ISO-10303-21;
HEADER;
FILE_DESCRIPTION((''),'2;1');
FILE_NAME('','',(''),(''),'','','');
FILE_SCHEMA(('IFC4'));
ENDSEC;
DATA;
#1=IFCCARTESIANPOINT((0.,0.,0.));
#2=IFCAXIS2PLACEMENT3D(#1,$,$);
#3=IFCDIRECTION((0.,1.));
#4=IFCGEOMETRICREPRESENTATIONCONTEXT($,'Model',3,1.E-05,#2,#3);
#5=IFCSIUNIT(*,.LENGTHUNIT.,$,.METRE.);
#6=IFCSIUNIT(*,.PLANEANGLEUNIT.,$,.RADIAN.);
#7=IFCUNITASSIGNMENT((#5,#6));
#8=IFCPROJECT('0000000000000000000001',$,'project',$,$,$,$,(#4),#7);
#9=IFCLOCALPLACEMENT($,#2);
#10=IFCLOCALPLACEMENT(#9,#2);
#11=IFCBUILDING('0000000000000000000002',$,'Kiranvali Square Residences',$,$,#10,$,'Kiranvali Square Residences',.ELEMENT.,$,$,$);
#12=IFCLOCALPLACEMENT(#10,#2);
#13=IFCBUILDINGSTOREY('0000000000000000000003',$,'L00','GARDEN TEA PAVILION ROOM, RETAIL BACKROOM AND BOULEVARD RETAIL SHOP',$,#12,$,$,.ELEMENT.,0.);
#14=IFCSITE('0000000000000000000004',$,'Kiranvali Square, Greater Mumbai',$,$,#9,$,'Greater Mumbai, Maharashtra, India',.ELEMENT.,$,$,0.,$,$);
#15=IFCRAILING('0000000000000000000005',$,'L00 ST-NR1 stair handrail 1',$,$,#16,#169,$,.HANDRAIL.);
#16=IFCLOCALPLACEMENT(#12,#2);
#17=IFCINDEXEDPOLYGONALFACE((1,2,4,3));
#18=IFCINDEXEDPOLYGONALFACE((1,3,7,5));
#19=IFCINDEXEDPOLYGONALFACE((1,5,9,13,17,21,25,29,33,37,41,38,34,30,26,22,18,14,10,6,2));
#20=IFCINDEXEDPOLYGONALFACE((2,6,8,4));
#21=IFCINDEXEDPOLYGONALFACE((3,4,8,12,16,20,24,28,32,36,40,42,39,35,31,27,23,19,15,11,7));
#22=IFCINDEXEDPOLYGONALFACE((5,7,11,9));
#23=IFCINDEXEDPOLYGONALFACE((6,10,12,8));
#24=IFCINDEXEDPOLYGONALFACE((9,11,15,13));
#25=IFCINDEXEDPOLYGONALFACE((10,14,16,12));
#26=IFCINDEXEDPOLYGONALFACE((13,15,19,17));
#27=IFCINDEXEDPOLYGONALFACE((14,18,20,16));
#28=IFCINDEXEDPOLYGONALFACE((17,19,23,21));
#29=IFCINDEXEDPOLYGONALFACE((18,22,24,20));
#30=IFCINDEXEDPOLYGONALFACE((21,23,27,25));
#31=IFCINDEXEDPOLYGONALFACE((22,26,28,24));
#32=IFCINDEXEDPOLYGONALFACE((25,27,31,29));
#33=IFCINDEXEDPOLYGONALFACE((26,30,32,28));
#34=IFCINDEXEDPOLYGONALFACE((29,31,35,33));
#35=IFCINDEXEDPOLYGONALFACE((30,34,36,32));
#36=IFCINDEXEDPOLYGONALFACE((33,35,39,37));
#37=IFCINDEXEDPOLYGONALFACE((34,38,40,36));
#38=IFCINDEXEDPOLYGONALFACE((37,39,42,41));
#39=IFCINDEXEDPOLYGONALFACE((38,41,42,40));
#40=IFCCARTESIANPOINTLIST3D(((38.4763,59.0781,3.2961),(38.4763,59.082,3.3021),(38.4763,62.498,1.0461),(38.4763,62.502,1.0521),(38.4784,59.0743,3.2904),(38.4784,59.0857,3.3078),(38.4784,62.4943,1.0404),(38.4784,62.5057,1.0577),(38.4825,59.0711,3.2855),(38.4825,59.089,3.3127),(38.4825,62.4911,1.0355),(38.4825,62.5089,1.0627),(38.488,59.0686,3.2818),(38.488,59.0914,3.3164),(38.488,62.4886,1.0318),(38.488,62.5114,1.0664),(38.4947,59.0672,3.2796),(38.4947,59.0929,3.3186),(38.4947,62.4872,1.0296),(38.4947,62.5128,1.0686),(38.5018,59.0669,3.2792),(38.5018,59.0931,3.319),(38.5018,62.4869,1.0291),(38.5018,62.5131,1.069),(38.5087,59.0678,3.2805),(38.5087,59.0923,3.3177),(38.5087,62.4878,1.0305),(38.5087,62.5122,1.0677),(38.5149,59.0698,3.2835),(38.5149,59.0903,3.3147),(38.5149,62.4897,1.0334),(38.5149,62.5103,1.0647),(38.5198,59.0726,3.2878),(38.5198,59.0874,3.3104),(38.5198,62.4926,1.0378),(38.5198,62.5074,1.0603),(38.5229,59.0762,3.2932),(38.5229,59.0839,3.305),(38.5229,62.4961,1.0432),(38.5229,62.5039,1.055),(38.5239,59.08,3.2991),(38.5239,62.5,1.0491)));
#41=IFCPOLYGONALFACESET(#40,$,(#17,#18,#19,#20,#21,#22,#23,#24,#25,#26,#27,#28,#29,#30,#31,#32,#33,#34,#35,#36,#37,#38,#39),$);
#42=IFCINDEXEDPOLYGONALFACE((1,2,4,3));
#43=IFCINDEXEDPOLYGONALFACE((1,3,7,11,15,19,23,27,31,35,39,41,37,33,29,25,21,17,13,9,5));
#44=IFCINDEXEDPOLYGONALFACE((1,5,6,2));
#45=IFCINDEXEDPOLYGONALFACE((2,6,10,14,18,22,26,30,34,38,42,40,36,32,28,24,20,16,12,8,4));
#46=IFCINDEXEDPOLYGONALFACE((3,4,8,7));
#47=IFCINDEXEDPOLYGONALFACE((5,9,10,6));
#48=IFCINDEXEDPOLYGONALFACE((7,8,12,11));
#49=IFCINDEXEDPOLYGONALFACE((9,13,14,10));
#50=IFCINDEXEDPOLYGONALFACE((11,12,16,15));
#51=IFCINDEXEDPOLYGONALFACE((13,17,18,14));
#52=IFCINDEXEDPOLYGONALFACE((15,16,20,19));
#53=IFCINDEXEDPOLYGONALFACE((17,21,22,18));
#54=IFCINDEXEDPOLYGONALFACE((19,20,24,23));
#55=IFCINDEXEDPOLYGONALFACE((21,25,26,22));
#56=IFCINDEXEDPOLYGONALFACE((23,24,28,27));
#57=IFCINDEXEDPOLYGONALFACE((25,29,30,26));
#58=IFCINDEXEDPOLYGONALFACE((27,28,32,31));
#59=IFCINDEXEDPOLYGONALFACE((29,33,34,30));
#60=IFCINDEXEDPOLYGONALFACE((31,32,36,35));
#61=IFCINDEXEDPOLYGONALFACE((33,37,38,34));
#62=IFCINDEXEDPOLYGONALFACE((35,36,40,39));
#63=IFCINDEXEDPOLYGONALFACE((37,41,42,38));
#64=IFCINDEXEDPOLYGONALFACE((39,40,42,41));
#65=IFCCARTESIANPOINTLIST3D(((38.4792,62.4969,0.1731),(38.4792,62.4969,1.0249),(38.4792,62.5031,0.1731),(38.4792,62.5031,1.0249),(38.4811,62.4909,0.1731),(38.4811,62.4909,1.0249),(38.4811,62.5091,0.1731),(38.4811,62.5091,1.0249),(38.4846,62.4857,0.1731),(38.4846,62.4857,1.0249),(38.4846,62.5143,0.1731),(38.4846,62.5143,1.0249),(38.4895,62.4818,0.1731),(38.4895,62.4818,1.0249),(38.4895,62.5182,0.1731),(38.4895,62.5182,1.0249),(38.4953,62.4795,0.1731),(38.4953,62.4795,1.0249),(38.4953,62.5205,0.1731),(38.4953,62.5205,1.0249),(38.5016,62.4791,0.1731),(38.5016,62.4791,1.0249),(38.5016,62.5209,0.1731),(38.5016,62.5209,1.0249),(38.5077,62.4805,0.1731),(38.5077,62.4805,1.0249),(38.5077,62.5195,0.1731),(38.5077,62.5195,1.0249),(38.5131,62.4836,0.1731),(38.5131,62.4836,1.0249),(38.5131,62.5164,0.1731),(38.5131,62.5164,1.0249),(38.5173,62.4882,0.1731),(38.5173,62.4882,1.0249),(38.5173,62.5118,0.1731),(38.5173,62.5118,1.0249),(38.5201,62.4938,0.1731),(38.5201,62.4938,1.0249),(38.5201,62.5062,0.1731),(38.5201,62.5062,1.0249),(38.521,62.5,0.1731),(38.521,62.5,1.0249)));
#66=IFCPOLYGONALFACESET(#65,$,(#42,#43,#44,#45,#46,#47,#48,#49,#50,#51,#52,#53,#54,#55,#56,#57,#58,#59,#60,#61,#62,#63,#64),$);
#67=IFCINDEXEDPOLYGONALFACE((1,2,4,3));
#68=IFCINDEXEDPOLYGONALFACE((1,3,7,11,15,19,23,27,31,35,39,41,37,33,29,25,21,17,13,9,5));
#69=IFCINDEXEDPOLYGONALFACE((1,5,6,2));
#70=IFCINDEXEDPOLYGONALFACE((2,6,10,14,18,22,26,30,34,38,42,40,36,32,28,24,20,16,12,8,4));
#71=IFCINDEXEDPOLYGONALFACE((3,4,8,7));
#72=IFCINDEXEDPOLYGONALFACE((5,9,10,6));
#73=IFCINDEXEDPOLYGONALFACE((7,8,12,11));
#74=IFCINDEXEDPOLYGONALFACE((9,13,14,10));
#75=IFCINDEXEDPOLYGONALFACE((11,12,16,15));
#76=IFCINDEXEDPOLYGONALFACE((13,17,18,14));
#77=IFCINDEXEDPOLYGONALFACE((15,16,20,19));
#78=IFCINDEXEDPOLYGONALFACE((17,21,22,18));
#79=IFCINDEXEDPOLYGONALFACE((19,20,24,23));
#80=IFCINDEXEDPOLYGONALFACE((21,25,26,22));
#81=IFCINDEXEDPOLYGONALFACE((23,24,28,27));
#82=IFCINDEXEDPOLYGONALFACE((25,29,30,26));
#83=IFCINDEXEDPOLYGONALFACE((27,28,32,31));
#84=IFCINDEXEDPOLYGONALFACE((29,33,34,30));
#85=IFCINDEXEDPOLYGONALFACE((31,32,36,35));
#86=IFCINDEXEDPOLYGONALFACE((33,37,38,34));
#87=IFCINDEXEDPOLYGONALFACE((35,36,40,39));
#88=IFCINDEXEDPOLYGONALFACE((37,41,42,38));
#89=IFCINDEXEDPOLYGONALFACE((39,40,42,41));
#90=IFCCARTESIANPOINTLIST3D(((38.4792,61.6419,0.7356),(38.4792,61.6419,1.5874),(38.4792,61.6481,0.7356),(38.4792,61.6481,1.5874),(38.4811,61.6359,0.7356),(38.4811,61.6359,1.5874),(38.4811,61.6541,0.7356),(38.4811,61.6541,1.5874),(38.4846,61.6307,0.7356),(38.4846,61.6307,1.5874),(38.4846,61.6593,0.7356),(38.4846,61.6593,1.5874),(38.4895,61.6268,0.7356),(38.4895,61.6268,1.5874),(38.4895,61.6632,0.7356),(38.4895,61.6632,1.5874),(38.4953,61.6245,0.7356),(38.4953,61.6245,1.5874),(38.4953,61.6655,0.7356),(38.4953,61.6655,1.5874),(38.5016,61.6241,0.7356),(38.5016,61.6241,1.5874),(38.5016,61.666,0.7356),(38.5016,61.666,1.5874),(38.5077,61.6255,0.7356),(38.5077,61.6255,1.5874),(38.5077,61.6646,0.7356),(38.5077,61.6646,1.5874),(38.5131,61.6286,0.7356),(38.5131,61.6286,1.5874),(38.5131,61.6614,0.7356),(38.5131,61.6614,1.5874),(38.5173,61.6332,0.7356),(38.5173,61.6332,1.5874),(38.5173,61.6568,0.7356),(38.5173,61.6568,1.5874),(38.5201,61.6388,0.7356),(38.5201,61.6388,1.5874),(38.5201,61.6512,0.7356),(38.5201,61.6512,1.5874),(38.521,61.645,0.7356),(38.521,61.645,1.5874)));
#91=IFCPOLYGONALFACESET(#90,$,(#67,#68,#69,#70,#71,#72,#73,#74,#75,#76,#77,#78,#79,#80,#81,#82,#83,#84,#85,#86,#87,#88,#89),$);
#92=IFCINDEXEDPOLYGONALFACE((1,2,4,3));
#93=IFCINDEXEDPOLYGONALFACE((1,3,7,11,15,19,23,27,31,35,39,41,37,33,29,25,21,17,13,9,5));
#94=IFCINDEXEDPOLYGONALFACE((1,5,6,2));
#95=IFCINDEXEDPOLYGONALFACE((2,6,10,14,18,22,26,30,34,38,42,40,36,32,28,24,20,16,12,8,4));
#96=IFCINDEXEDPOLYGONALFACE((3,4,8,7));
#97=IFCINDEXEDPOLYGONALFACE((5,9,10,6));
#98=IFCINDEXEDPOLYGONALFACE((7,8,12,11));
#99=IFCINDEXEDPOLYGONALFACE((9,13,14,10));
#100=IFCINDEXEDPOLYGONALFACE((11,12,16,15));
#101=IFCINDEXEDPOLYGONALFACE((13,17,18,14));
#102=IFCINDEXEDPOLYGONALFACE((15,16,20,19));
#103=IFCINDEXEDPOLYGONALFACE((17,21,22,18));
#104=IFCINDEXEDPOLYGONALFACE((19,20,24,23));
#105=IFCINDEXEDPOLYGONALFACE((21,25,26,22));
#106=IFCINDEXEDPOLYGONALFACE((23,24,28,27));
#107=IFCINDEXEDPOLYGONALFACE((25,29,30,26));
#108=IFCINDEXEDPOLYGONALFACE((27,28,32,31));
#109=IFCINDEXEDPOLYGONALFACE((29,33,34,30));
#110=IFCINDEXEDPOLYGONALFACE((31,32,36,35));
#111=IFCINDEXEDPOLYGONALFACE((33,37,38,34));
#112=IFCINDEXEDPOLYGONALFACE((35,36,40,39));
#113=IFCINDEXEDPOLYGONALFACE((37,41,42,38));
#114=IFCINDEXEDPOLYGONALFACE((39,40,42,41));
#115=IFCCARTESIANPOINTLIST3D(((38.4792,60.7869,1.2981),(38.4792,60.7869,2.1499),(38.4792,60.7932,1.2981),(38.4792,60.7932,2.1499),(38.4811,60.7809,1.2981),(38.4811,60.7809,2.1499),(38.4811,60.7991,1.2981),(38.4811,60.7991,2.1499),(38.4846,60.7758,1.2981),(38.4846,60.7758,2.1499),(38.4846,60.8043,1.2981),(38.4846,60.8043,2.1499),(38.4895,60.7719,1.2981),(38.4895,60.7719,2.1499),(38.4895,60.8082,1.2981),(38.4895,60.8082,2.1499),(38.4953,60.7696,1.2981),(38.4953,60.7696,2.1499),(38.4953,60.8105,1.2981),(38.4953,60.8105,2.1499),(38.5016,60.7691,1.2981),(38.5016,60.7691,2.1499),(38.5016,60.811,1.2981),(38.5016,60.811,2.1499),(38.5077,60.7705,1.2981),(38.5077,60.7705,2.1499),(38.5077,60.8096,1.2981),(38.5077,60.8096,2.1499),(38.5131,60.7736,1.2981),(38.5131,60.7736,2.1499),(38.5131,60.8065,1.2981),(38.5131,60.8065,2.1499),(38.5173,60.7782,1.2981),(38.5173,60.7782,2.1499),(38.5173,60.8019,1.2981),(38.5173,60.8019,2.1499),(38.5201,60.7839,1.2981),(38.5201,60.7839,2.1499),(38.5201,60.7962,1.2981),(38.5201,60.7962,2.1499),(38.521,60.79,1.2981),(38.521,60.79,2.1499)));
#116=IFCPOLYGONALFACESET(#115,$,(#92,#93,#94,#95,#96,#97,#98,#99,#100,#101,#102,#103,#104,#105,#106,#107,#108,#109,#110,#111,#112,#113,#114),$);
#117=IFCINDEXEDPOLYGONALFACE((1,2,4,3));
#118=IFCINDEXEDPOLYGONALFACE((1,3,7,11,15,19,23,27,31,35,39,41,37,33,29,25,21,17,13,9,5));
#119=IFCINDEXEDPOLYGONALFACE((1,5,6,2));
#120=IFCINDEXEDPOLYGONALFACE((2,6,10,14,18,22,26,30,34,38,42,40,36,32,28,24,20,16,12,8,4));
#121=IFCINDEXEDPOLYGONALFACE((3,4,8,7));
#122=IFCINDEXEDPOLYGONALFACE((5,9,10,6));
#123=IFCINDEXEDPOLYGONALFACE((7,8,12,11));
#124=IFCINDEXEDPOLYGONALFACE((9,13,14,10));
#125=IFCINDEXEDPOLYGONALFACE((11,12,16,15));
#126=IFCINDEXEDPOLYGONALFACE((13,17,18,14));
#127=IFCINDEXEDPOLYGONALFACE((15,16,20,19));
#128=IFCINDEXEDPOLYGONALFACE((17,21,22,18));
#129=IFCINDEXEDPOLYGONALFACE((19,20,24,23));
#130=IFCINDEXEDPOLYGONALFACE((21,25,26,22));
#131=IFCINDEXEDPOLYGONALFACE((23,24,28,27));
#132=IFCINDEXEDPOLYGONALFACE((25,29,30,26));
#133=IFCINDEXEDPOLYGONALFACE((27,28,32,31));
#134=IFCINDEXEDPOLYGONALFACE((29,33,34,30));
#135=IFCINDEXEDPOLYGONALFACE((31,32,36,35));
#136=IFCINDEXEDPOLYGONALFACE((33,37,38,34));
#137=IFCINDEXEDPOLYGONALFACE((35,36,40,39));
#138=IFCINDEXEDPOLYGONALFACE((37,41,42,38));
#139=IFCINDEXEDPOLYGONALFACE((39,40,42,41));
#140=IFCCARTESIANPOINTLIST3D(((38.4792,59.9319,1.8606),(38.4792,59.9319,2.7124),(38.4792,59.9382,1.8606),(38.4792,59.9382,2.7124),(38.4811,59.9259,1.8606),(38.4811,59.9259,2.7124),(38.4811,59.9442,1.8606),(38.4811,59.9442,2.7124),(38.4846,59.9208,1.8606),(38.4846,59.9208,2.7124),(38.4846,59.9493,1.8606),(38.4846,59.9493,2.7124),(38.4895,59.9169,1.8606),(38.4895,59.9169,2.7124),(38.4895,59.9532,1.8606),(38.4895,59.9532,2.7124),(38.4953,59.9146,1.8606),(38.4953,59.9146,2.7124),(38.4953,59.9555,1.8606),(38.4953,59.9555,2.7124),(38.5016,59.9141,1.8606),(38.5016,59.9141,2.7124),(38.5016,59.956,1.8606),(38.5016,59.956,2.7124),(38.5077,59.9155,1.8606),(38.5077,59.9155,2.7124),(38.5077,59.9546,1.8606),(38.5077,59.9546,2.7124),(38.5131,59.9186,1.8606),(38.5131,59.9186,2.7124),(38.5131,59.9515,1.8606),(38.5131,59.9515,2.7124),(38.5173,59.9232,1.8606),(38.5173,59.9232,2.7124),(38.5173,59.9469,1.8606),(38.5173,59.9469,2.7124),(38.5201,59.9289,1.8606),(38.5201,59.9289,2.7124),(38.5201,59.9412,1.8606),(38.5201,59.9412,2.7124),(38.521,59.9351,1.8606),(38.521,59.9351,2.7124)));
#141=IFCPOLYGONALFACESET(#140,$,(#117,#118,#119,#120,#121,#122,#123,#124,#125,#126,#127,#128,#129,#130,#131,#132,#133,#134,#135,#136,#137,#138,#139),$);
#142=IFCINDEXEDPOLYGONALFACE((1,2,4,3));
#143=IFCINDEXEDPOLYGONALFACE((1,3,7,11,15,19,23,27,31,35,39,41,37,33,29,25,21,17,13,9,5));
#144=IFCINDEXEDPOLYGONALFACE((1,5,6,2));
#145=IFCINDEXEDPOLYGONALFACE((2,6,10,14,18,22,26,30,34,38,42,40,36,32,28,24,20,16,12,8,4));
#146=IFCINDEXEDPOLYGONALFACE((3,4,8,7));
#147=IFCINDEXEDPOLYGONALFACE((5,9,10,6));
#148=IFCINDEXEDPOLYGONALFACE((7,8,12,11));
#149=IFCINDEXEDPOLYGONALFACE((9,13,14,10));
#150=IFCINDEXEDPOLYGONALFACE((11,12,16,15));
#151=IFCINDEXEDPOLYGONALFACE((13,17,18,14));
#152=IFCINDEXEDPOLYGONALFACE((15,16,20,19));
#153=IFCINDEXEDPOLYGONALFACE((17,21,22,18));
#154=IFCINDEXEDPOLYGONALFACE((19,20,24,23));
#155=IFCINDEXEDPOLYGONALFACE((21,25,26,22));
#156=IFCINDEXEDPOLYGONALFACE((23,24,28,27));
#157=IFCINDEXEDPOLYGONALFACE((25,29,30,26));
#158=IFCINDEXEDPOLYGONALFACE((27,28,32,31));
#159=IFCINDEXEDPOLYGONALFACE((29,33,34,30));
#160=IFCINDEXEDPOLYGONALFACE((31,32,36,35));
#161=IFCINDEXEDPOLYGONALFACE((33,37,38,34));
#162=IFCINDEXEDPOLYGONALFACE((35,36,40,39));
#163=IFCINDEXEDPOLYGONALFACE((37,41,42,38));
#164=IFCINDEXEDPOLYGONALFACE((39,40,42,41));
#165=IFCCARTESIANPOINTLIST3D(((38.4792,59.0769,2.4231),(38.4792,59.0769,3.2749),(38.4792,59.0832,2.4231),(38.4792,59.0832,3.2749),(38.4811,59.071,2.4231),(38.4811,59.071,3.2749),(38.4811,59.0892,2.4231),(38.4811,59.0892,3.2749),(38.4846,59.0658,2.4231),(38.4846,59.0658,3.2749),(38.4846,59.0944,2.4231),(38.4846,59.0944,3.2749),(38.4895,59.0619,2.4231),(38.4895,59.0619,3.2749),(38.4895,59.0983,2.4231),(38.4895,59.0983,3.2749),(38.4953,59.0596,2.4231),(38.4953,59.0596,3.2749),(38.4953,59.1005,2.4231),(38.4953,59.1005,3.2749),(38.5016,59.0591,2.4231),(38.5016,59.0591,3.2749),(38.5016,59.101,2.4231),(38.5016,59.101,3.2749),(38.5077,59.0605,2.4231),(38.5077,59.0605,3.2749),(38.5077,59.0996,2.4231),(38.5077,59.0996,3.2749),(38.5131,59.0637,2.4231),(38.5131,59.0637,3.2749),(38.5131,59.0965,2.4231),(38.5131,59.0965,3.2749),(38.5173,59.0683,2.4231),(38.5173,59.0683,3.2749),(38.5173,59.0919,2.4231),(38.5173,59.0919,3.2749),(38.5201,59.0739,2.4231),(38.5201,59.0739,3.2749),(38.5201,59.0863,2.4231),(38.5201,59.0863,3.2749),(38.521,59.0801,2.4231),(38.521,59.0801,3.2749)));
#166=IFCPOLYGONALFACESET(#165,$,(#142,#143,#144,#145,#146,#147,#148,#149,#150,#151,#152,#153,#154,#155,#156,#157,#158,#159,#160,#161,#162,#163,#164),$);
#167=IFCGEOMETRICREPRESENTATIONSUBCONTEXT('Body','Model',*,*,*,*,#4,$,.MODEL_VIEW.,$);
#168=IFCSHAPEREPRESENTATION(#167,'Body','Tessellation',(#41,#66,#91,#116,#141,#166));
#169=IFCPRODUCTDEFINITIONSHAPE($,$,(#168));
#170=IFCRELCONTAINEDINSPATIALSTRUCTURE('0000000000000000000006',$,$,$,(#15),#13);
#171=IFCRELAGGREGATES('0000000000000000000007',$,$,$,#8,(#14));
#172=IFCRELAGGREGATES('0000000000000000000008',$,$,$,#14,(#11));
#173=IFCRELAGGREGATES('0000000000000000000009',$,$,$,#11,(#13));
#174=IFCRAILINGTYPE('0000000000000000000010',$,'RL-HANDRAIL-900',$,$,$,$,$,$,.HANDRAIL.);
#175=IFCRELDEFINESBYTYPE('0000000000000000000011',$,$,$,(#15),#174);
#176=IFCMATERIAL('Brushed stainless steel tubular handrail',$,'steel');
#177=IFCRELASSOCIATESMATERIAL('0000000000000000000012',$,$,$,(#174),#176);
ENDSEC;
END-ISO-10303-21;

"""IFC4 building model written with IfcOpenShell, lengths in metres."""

from ifc_helpers import new_model, si_unit, direction, frame, origin, origin_2d, place, context, subcontext, project, spatial, circle, extrude, material, type_object, element, save


model = new_model("IFC4")

# Units and contexts
model_context = context("Model", 3, precision=1e-05, world=origin(), true_north=direction((0.0, 1.0)))
body_context = subcontext(model_context, "Body", "Model", "MODEL_VIEW")
ifc_project = project(units=[si_unit("LENGTHUNIT", "METRE"), si_unit("PLANEANGLEUNIT", "RADIAN")], contexts=[model_context])

# Site, building, storey
site_placement = place(None, origin())
site = spatial("IfcSite", under=ifc_project, at=site_placement, Name="Kiranvali Square, Greater Mumbai", LongName="Greater Mumbai, Maharashtra, India", CompositionType="ELEMENT", RefElevation=0.0)
building_placement = place(site_placement, origin())
building = spatial("IfcBuilding", under=site, at=building_placement, Name="Kiranvali Square Residences", LongName="Kiranvali Square Residences", CompositionType="ELEMENT")
storey_placement = place(building_placement, origin())
storey = spatial("IfcBuildingStorey", under=building, at=storey_placement, Name="L00", Description="GARDEN TEA PAVILION ROOM, RETAIL BACKROOM AND BOULEVARD RETAIL SHOP", CompositionType="ELEMENT", Elevation=0.0)

# Railing
ifc_material_1 = material(Name="Brushed stainless steel tubular handrail", Category="steel")
railing_type_1 = type_object("IfcRailingType", Name="RL-HANDRAIL-900", PredefinedType="HANDRAIL", material=ifc_material_1)
railing_1_placement = place(storey_placement, frame((38.5, 62.5, 0.1731)))
element("IfcRailing", 1, at=railing_1_placement, inside=storey, type_object=railing_type_1, Name="L00 ST-NR1 stair handrail 1", PredefinedType="HANDRAIL", context=body_context, shape_type="SweptSolid", body=[
    extrude(circle(Radius=0.0239, at=origin_2d()), frame((0.0, 0.0, 0.876), z_axis=(0.0, -0.835411, 0.549625), x_axis=(1.0, 0.0, 0.0)), (0.0, 0.0, 1.0), 4.0938),
    extrude(circle(Radius=0.021, at=origin_2d()), origin(), (0.0, 0.0, 1.0), 0.8518),
    extrude(circle(Radius=0.021, at=origin_2d()), frame((0.0, -0.855, 0.5625)), (0.0, 0.0, 1.0), 0.8518),
    extrude(circle(Radius=0.021, at=origin_2d()), frame((0.0, -1.71, 1.125)), (0.0, 0.0, 1.0), 0.8518),
    extrude(circle(Radius=0.021, at=origin_2d()), frame((0.0, -2.5649, 1.6875)), (0.0, 0.0, 1.0), 0.8518),
    extrude(circle(Radius=0.021, at=origin_2d()), frame((0.0, -3.4199, 2.25)), (0.0, 0.0, 1.0), 0.8518),
])

save(model, "model.ifc")
